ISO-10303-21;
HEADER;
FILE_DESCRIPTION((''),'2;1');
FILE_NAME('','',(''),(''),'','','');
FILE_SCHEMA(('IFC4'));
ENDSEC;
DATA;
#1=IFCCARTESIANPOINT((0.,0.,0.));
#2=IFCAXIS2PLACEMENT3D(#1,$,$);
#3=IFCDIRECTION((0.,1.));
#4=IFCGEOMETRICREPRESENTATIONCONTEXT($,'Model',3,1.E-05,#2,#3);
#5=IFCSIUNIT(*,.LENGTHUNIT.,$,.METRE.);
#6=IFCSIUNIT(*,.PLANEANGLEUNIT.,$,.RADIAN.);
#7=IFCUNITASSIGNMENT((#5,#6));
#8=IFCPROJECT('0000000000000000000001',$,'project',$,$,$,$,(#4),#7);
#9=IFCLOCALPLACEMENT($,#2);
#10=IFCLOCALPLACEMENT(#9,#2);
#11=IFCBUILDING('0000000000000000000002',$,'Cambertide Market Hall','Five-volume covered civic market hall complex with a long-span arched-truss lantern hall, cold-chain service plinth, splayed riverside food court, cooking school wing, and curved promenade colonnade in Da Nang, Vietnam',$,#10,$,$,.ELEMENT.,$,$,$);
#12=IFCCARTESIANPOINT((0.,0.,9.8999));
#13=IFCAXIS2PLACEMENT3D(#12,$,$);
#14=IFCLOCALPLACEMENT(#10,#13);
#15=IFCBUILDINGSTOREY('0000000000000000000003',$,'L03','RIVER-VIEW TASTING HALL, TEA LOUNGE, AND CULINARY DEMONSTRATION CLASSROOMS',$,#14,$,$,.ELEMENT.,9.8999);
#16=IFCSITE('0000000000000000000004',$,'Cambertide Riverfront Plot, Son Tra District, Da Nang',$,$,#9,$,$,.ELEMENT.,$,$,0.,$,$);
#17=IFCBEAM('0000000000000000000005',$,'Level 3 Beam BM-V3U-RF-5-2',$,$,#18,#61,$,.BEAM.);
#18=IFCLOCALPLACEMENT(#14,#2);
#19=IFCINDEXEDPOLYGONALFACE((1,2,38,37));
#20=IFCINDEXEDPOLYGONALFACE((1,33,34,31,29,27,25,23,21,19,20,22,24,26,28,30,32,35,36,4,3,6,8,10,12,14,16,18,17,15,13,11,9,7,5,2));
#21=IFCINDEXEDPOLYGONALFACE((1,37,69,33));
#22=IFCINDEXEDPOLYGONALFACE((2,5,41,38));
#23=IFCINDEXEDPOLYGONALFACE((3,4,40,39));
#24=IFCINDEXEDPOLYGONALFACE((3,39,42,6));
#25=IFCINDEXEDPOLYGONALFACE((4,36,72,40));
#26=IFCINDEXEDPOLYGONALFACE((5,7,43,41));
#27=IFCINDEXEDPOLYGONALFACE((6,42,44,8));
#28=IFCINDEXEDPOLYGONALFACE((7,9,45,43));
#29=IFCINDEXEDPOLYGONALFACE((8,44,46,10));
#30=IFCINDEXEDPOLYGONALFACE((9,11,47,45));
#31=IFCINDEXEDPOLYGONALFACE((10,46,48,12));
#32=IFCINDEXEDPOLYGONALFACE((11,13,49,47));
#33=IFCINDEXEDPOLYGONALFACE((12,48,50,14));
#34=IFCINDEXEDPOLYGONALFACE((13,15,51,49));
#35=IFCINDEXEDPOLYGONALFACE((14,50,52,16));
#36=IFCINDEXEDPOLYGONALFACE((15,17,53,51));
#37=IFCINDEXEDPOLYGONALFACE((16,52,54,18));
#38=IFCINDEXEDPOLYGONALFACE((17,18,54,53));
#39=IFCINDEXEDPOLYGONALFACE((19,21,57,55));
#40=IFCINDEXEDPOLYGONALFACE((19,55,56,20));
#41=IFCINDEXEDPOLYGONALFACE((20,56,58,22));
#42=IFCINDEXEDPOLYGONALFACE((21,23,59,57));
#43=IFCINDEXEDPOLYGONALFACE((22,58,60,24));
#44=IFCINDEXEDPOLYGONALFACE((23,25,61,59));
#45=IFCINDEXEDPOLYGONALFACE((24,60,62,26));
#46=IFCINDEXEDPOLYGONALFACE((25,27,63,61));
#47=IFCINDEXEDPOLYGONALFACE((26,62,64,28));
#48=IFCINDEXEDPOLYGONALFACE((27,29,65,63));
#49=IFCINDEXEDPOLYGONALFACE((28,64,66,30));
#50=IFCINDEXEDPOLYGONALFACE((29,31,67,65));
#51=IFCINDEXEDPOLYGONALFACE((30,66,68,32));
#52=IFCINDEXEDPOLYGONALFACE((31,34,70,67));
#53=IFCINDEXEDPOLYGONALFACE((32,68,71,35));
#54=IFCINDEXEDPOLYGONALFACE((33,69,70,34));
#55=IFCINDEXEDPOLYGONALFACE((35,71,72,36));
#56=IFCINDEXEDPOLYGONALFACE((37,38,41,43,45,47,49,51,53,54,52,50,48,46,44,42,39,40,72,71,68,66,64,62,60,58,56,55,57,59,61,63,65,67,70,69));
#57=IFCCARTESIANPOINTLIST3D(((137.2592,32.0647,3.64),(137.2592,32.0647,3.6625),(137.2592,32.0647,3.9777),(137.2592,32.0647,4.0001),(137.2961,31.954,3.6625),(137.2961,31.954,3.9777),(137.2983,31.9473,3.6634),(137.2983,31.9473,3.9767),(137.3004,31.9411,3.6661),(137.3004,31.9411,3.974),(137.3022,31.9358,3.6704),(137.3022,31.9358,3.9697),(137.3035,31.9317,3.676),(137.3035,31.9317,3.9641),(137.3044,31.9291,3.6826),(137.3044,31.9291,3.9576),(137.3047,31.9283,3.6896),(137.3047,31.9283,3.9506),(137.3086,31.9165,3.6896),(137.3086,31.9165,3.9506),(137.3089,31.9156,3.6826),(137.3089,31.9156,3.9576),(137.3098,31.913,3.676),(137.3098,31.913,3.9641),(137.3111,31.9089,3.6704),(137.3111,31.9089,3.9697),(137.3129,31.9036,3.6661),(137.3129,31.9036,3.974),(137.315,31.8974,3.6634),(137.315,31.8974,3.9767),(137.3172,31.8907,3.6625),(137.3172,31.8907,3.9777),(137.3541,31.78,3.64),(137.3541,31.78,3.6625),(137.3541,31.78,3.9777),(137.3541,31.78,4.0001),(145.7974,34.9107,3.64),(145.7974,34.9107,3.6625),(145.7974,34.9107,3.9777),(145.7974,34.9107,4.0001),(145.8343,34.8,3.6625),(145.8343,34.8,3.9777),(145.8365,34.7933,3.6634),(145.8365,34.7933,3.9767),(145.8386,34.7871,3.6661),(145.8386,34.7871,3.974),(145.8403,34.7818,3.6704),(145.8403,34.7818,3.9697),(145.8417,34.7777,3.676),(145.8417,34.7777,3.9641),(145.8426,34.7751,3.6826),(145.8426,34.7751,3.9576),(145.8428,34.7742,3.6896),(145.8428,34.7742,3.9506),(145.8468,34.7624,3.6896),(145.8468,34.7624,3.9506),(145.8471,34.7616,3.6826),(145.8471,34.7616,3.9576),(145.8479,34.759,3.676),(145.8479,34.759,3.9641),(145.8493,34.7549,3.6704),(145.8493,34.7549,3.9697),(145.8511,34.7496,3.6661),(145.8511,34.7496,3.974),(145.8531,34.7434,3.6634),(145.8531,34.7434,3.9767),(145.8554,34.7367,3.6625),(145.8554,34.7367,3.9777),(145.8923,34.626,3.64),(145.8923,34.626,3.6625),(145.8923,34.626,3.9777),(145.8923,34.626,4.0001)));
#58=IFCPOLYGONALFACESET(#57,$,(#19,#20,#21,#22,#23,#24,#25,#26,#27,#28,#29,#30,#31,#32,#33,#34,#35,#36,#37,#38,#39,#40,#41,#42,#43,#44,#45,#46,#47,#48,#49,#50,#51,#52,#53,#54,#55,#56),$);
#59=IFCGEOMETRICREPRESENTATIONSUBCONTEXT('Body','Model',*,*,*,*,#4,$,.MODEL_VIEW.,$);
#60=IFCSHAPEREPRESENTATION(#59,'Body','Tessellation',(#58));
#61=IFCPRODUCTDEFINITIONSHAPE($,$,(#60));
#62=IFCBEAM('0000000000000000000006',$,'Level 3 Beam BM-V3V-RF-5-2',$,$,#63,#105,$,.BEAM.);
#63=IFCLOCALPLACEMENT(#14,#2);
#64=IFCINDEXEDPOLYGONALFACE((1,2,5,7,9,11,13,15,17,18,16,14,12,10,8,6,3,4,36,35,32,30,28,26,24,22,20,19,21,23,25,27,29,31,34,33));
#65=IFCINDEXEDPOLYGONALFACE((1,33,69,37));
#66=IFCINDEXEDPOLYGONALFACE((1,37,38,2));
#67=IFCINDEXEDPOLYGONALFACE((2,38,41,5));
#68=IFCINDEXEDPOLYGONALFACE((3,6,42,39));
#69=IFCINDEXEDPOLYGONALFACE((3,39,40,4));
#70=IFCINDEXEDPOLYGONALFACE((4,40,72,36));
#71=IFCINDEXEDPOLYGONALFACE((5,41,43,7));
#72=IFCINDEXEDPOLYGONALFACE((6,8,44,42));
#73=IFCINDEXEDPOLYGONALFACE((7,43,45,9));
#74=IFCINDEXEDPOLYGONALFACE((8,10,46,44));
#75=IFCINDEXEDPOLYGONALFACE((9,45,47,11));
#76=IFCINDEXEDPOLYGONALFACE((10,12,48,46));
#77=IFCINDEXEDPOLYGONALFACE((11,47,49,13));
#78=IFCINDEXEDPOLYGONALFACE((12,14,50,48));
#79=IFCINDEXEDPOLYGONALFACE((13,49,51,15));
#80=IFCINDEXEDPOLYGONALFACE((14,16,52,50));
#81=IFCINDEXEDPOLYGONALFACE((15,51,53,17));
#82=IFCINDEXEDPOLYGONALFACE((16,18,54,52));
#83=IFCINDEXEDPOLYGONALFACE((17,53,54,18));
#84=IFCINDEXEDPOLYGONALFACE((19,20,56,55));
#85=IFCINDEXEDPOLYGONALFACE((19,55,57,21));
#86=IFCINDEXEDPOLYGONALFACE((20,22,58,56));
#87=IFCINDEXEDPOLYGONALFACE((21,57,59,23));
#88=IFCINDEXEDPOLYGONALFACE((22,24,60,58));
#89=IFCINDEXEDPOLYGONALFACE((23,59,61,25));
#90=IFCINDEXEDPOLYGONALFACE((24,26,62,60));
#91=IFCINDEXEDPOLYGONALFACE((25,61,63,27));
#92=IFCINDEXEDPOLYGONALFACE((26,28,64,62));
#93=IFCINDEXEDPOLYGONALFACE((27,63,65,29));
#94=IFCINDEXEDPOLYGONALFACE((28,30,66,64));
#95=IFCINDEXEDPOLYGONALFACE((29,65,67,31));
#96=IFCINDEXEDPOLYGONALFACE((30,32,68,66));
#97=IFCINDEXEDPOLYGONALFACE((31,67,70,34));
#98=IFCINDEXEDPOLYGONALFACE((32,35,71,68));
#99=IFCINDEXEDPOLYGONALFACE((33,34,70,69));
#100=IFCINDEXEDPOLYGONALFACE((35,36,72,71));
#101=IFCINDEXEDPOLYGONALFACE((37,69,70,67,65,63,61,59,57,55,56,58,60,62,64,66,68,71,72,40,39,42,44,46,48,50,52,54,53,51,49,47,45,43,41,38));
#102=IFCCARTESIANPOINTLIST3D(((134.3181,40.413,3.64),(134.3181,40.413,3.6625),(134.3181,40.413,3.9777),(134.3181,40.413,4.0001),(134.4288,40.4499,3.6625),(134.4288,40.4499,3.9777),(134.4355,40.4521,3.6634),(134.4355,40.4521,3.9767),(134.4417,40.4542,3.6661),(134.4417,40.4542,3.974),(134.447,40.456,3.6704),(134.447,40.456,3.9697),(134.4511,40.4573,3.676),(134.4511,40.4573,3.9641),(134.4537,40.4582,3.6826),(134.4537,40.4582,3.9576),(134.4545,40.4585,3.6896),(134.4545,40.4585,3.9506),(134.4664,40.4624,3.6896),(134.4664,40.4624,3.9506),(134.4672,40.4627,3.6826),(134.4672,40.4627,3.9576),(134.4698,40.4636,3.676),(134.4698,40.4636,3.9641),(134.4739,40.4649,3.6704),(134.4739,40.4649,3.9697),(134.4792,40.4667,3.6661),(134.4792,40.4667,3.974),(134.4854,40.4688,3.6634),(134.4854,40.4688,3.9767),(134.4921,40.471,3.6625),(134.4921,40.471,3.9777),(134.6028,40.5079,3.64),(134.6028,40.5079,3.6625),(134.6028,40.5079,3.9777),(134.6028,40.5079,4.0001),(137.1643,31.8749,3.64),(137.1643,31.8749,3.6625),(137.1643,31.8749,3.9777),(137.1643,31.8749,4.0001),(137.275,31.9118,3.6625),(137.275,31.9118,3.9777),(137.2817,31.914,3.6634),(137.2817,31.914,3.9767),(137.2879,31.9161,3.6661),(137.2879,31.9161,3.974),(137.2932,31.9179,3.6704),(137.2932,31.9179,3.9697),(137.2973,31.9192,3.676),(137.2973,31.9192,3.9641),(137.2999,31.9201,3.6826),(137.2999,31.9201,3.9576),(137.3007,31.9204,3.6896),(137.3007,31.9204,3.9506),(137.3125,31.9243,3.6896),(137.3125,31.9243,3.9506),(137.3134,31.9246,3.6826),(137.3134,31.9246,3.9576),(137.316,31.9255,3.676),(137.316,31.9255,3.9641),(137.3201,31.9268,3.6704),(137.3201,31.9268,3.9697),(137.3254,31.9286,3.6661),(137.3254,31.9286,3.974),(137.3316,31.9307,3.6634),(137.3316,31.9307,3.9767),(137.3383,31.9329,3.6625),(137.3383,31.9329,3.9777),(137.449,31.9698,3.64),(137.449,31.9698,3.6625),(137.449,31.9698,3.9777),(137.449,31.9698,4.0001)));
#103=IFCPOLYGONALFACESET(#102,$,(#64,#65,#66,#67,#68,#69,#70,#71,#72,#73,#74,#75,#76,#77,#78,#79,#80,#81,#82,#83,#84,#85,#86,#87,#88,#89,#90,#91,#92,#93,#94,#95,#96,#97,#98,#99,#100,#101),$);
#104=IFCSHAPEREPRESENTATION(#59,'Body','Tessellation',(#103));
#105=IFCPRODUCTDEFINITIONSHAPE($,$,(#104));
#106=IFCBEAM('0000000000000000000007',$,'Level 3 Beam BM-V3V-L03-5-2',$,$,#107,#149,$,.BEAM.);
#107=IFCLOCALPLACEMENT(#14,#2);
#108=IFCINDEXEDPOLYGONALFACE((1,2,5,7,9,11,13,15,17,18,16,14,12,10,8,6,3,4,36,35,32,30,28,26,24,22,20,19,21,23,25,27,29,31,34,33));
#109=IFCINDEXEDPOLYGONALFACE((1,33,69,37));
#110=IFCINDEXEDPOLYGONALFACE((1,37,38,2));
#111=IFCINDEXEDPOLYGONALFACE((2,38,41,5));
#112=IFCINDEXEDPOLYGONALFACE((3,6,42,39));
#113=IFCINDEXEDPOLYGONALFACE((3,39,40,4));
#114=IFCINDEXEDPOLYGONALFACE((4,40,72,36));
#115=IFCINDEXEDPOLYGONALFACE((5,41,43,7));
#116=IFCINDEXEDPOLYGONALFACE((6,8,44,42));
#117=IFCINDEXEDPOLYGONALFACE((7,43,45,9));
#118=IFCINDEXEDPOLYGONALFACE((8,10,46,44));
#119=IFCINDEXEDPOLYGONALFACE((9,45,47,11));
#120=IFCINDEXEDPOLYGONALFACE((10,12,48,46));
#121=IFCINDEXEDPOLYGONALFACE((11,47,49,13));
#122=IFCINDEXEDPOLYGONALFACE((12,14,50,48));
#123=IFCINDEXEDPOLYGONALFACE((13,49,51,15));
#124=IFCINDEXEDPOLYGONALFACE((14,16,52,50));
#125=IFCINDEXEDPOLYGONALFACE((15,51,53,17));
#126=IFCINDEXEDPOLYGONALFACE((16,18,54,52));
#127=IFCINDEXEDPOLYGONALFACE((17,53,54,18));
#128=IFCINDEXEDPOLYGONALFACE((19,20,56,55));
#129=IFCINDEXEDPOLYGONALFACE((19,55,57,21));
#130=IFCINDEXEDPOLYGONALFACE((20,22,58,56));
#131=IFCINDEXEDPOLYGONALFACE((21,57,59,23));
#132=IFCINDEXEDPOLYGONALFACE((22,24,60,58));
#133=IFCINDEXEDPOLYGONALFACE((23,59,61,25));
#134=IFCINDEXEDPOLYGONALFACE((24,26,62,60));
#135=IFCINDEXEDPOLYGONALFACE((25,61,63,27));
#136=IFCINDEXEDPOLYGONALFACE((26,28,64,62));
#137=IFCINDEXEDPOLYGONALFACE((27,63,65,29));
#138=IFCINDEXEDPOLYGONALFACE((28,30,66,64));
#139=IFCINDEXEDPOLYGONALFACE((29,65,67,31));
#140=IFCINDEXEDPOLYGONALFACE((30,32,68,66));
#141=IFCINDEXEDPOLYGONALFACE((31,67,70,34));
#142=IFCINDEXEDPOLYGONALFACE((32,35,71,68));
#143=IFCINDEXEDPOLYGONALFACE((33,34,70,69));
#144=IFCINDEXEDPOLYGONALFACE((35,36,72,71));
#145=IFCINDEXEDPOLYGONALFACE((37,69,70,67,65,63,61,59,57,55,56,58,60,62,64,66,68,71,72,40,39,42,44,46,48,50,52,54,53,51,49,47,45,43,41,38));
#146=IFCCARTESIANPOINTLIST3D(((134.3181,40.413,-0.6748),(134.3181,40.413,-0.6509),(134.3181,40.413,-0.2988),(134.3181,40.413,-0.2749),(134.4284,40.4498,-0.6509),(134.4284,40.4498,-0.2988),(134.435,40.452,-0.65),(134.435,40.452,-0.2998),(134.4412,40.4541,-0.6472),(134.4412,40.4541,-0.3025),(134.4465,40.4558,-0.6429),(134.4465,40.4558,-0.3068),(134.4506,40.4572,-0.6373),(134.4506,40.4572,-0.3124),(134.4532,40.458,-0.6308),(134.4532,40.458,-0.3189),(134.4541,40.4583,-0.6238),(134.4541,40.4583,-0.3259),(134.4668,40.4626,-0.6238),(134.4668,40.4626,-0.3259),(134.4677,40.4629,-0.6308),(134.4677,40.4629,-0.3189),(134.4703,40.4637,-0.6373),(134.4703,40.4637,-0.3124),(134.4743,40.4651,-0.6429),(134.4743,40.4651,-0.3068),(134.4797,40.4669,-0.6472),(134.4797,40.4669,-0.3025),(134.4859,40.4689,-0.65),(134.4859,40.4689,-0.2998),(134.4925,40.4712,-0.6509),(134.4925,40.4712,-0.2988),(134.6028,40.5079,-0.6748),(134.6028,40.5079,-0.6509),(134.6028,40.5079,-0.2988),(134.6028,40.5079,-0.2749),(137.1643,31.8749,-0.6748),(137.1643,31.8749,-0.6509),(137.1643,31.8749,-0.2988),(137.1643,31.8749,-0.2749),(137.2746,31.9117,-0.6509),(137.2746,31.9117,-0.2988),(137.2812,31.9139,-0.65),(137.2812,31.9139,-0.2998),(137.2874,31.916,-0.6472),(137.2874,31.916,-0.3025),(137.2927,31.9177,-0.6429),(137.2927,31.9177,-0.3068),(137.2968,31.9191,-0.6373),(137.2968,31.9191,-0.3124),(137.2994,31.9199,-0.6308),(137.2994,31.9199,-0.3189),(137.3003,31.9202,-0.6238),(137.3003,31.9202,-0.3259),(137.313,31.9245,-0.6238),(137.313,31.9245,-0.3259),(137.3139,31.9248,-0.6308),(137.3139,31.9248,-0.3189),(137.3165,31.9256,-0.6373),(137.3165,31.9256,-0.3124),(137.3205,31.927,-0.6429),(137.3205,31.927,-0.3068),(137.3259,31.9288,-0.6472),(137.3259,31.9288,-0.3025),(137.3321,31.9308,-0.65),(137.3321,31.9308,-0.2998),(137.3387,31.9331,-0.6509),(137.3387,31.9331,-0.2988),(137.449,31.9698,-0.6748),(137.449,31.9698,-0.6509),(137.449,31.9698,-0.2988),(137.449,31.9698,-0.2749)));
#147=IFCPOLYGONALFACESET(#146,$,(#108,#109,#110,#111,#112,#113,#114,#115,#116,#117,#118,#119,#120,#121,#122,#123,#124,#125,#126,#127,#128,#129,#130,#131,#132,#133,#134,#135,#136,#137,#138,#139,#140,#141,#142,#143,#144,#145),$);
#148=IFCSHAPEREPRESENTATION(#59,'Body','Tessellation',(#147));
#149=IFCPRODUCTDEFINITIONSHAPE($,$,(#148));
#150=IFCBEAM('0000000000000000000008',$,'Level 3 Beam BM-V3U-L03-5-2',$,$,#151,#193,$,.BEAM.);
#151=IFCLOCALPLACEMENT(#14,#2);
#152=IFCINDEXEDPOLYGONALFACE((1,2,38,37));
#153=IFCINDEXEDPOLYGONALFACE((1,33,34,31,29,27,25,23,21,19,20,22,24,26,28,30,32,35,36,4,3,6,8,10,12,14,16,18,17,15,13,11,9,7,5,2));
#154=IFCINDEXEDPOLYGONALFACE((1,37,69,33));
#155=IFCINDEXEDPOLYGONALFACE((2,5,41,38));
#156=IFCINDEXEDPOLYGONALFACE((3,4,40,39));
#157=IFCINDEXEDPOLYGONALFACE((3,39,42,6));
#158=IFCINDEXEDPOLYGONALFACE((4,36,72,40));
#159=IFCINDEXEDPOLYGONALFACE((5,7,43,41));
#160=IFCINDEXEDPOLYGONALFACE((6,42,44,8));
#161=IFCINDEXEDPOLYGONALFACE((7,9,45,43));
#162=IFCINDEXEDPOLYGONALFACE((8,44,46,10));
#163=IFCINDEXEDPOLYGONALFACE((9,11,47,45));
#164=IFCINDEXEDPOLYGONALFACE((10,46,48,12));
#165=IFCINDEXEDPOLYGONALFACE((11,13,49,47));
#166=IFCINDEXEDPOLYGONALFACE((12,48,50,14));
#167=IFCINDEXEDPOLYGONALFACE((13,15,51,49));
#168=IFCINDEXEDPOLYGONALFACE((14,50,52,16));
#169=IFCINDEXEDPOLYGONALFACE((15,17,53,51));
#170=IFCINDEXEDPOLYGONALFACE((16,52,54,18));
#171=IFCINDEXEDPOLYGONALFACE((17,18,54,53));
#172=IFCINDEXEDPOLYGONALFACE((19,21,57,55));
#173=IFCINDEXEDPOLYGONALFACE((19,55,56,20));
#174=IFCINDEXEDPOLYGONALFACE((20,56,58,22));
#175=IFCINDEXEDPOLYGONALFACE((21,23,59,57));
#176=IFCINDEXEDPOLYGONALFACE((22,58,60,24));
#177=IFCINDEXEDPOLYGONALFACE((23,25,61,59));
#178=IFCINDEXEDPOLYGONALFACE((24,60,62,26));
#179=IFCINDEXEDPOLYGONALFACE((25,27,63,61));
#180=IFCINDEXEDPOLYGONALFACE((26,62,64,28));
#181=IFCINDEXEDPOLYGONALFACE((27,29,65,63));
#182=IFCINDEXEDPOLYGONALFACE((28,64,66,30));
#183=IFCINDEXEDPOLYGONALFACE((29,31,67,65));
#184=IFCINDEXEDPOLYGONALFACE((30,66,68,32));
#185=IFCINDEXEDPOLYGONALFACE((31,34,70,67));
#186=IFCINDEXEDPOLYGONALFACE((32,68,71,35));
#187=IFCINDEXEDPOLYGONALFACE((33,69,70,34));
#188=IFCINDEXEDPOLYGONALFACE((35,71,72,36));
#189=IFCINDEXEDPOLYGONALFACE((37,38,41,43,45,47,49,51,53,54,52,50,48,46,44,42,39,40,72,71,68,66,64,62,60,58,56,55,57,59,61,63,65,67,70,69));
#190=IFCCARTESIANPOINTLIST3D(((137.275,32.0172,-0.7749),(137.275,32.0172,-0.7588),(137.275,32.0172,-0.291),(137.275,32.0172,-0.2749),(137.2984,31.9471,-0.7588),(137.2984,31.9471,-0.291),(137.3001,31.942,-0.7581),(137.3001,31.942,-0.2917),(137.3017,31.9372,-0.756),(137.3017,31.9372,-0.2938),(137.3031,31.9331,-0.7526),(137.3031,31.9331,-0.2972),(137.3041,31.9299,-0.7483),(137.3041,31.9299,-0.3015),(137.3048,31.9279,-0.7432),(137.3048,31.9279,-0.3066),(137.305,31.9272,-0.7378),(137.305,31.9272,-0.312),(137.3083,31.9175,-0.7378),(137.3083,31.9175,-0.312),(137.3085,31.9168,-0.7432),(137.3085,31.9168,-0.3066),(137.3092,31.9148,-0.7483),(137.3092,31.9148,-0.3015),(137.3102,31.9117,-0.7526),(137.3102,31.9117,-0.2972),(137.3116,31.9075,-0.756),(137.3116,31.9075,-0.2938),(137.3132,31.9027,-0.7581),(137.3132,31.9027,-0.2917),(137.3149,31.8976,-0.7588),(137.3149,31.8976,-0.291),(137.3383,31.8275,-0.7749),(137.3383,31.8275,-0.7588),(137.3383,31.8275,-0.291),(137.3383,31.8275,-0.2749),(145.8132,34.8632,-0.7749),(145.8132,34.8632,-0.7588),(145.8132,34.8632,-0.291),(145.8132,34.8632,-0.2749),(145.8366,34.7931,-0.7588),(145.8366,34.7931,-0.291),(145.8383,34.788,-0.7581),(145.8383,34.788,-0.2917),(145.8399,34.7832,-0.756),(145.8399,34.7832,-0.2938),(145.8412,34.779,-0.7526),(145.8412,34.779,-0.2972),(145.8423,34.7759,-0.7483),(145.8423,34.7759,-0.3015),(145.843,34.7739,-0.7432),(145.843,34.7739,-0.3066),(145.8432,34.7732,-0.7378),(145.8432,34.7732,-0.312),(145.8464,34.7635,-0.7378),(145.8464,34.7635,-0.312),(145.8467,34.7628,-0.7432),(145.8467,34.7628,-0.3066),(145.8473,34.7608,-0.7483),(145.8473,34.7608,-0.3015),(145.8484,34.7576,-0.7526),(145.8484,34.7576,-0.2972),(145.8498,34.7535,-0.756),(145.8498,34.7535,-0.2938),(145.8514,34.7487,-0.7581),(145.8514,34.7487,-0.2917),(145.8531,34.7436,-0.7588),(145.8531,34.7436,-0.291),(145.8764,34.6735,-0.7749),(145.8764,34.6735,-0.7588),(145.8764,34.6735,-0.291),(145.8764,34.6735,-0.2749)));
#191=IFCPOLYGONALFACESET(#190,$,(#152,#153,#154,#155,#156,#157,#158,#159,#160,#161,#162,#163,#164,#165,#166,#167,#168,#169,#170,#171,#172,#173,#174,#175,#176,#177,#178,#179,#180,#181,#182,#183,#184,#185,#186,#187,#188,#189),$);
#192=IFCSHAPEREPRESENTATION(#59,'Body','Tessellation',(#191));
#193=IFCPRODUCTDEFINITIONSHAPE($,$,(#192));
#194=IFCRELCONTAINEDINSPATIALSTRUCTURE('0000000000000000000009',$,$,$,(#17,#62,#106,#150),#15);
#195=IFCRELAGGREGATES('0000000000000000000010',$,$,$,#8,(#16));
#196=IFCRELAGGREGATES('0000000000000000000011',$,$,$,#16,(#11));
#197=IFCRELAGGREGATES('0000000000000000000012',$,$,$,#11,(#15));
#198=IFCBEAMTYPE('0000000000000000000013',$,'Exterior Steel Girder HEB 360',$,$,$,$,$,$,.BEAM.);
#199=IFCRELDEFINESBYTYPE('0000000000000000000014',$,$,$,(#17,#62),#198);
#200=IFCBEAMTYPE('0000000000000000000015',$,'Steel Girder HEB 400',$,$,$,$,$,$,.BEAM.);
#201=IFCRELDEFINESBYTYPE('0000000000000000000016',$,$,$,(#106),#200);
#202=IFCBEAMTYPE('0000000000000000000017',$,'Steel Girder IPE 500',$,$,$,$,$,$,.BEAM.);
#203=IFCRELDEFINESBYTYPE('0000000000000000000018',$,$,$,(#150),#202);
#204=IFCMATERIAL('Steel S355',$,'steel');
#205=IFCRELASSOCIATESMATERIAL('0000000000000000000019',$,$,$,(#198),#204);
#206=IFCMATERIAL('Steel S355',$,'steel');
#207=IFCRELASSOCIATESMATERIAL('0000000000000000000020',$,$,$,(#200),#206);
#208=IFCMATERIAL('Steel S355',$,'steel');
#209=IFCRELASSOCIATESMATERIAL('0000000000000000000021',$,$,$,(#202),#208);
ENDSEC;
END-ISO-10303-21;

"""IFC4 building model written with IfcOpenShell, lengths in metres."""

from ifc_helpers import new_model, si_unit, direction, frame, origin, origin_2d, place, context, subcontext, project, spatial, i_section, extrude, material, material_profile, profile_set, type_object, element, save


model = new_model("IFC4")

# Units and contexts
model_context = context("Model", 3, precision=1e-05, world=origin(), true_north=direction((0.0, 1.0)))
body_context = subcontext(model_context, "Body", "Model", "MODEL_VIEW")
ifc_project = project(units=[si_unit("LENGTHUNIT", "METRE"), si_unit("PLANEANGLEUNIT", "RADIAN")], contexts=[model_context])

# Site, building, storey
site_placement = place(None, origin())
site = spatial("IfcSite", under=ifc_project, at=site_placement, Name="Cambertide Riverfront Plot, Son Tra District, Da Nang", CompositionType="ELEMENT", RefElevation=0.0)
building_placement = place(site_placement, origin())
building = spatial("IfcBuilding", under=site, at=building_placement, Name="Cambertide Market Hall", Description="Five-volume covered civic market hall complex with a long-span arched-truss lantern hall, cold-chain service plinth, splayed riverside food court, cooking school wing, and curved promenade colonnade in Da Nang, Vietnam", CompositionType="ELEMENT")
storey_placement = place(building_placement, frame((0.0, 0.0, 9.8999)))
storey = spatial("IfcBuildingStorey", under=building, at=storey_placement, Name="L03", Description="RIVER-VIEW TASTING HALL, TEA LOUNGE, AND CULINARY DEMONSTRATION CLASSROOMS", CompositionType="ELEMENT", Elevation=9.8999)

# Beams
ifc_material_1 = material(Name="Steel S355", Category="steel")
ifc_material_profile_1 = material_profile(ifc_material_1, i_section(OverallWidth=0.3, OverallDepth=0.3601, WebThickness=0.0125, FlangeThickness=0.0225, FilletRadius=0.0271, at=origin_2d()), Name="HEB 360")
ifc_profile_set_1 = profile_set([ifc_material_profile_1], Name="Steel S355")
beam_type_1 = type_object("IfcBeamType", Name="Exterior Steel Girder HEB 360", PredefinedType="BEAM", material=ifc_profile_set_1)
for number, where, z_axis, x_axis, name in (
    (1, (137.3066, 31.9224, 3.8201), (0.948686, 0.31622, 0.0), (-0.31622, 0.948686, 0.0), "Level 3 Beam BM-V3U-RF-5-2"),
    (2, (137.3066, 31.9224, 3.8201), (-0.316244, 0.948678, 0.0), (-0.948678, -0.316244, 0.0), "Level 3 Beam BM-V3V-RF-5-2"),
):
    element("IfcBeam", number, at=place(storey_placement, frame(where, z_axis=z_axis, x_axis=x_axis)), inside=storey, type_object=beam_type_1, Name=name, PredefinedType="BEAM", context=body_context, shape_type="SweptSolid", body=[
        extrude(i_section(OverallWidth=0.3, OverallDepth=0.3601, WebThickness=0.0125, FlangeThickness=0.0225, FilletRadius=0.0271, at=origin_2d()), origin(), (0.0, 0.0, 1.0), 9.0),
    ])
ifc_material_2 = material(Name="Steel S355", Category="steel")
ifc_material_profile_2 = material_profile(ifc_material_2, i_section(OverallWidth=0.3, OverallDepth=0.3999, WebThickness=0.0134, FlangeThickness=0.0239, FilletRadius=0.0271, at=origin_2d()), Name="HEB 400")
ifc_profile_set_2 = profile_set([ifc_material_profile_2], Name="Steel S355")
beam_type_2 = type_object("IfcBeamType", Name="Steel Girder HEB 400", PredefinedType="BEAM", material=ifc_profile_set_2)
beam_1_placement = place(storey_placement, frame((137.3066, 31.9224, -0.4749), z_axis=(-0.316244, 0.948678, 0.0), x_axis=(-0.948678, -0.316244, 0.0)))
element("IfcBeam", 3, at=beam_1_placement, inside=storey, type_object=beam_type_2, Name="Level 3 Beam BM-V3V-L03-5-2", PredefinedType="BEAM", context=body_context, shape_type="SweptSolid", body=[
    extrude(i_section(OverallWidth=0.3, OverallDepth=0.3999, WebThickness=0.0134, FlangeThickness=0.0239, FilletRadius=0.0271, at=origin_2d()), origin(), (0.0, 0.0, 1.0), 9.0),
])
ifc_material_3 = material(Name="Steel S355", Category="steel")
ifc_material_profile_3 = material_profile(ifc_material_3, i_section(OverallWidth=0.2, OverallDepth=0.5, WebThickness=0.0103, FlangeThickness=0.0161, FilletRadius=0.021, at=origin_2d()), Name="IPE 500")
ifc_profile_set_3 = profile_set([ifc_material_profile_3], Name="Steel S355")
beam_type_3 = type_object("IfcBeamType", Name="Steel Girder IPE 500", PredefinedType="BEAM", material=ifc_profile_set_3)
beam_2_placement = place(storey_placement, frame((137.3066, 31.9224, -0.5249), z_axis=(0.948686, 0.31622, 0.0), x_axis=(-0.31622, 0.948686, 0.0)))
element("IfcBeam", 4, at=beam_2_placement, inside=storey, type_object=beam_type_3, Name="Level 3 Beam BM-V3U-L03-5-2", PredefinedType="BEAM", context=body_context, shape_type="SweptSolid", body=[
    extrude(i_section(OverallWidth=0.2, OverallDepth=0.5, WebThickness=0.0103, FlangeThickness=0.0161, FilletRadius=0.021, at=origin_2d()), origin(), (0.0, 0.0, 1.0), 9.0),
])

save(model, "model.ifc")
